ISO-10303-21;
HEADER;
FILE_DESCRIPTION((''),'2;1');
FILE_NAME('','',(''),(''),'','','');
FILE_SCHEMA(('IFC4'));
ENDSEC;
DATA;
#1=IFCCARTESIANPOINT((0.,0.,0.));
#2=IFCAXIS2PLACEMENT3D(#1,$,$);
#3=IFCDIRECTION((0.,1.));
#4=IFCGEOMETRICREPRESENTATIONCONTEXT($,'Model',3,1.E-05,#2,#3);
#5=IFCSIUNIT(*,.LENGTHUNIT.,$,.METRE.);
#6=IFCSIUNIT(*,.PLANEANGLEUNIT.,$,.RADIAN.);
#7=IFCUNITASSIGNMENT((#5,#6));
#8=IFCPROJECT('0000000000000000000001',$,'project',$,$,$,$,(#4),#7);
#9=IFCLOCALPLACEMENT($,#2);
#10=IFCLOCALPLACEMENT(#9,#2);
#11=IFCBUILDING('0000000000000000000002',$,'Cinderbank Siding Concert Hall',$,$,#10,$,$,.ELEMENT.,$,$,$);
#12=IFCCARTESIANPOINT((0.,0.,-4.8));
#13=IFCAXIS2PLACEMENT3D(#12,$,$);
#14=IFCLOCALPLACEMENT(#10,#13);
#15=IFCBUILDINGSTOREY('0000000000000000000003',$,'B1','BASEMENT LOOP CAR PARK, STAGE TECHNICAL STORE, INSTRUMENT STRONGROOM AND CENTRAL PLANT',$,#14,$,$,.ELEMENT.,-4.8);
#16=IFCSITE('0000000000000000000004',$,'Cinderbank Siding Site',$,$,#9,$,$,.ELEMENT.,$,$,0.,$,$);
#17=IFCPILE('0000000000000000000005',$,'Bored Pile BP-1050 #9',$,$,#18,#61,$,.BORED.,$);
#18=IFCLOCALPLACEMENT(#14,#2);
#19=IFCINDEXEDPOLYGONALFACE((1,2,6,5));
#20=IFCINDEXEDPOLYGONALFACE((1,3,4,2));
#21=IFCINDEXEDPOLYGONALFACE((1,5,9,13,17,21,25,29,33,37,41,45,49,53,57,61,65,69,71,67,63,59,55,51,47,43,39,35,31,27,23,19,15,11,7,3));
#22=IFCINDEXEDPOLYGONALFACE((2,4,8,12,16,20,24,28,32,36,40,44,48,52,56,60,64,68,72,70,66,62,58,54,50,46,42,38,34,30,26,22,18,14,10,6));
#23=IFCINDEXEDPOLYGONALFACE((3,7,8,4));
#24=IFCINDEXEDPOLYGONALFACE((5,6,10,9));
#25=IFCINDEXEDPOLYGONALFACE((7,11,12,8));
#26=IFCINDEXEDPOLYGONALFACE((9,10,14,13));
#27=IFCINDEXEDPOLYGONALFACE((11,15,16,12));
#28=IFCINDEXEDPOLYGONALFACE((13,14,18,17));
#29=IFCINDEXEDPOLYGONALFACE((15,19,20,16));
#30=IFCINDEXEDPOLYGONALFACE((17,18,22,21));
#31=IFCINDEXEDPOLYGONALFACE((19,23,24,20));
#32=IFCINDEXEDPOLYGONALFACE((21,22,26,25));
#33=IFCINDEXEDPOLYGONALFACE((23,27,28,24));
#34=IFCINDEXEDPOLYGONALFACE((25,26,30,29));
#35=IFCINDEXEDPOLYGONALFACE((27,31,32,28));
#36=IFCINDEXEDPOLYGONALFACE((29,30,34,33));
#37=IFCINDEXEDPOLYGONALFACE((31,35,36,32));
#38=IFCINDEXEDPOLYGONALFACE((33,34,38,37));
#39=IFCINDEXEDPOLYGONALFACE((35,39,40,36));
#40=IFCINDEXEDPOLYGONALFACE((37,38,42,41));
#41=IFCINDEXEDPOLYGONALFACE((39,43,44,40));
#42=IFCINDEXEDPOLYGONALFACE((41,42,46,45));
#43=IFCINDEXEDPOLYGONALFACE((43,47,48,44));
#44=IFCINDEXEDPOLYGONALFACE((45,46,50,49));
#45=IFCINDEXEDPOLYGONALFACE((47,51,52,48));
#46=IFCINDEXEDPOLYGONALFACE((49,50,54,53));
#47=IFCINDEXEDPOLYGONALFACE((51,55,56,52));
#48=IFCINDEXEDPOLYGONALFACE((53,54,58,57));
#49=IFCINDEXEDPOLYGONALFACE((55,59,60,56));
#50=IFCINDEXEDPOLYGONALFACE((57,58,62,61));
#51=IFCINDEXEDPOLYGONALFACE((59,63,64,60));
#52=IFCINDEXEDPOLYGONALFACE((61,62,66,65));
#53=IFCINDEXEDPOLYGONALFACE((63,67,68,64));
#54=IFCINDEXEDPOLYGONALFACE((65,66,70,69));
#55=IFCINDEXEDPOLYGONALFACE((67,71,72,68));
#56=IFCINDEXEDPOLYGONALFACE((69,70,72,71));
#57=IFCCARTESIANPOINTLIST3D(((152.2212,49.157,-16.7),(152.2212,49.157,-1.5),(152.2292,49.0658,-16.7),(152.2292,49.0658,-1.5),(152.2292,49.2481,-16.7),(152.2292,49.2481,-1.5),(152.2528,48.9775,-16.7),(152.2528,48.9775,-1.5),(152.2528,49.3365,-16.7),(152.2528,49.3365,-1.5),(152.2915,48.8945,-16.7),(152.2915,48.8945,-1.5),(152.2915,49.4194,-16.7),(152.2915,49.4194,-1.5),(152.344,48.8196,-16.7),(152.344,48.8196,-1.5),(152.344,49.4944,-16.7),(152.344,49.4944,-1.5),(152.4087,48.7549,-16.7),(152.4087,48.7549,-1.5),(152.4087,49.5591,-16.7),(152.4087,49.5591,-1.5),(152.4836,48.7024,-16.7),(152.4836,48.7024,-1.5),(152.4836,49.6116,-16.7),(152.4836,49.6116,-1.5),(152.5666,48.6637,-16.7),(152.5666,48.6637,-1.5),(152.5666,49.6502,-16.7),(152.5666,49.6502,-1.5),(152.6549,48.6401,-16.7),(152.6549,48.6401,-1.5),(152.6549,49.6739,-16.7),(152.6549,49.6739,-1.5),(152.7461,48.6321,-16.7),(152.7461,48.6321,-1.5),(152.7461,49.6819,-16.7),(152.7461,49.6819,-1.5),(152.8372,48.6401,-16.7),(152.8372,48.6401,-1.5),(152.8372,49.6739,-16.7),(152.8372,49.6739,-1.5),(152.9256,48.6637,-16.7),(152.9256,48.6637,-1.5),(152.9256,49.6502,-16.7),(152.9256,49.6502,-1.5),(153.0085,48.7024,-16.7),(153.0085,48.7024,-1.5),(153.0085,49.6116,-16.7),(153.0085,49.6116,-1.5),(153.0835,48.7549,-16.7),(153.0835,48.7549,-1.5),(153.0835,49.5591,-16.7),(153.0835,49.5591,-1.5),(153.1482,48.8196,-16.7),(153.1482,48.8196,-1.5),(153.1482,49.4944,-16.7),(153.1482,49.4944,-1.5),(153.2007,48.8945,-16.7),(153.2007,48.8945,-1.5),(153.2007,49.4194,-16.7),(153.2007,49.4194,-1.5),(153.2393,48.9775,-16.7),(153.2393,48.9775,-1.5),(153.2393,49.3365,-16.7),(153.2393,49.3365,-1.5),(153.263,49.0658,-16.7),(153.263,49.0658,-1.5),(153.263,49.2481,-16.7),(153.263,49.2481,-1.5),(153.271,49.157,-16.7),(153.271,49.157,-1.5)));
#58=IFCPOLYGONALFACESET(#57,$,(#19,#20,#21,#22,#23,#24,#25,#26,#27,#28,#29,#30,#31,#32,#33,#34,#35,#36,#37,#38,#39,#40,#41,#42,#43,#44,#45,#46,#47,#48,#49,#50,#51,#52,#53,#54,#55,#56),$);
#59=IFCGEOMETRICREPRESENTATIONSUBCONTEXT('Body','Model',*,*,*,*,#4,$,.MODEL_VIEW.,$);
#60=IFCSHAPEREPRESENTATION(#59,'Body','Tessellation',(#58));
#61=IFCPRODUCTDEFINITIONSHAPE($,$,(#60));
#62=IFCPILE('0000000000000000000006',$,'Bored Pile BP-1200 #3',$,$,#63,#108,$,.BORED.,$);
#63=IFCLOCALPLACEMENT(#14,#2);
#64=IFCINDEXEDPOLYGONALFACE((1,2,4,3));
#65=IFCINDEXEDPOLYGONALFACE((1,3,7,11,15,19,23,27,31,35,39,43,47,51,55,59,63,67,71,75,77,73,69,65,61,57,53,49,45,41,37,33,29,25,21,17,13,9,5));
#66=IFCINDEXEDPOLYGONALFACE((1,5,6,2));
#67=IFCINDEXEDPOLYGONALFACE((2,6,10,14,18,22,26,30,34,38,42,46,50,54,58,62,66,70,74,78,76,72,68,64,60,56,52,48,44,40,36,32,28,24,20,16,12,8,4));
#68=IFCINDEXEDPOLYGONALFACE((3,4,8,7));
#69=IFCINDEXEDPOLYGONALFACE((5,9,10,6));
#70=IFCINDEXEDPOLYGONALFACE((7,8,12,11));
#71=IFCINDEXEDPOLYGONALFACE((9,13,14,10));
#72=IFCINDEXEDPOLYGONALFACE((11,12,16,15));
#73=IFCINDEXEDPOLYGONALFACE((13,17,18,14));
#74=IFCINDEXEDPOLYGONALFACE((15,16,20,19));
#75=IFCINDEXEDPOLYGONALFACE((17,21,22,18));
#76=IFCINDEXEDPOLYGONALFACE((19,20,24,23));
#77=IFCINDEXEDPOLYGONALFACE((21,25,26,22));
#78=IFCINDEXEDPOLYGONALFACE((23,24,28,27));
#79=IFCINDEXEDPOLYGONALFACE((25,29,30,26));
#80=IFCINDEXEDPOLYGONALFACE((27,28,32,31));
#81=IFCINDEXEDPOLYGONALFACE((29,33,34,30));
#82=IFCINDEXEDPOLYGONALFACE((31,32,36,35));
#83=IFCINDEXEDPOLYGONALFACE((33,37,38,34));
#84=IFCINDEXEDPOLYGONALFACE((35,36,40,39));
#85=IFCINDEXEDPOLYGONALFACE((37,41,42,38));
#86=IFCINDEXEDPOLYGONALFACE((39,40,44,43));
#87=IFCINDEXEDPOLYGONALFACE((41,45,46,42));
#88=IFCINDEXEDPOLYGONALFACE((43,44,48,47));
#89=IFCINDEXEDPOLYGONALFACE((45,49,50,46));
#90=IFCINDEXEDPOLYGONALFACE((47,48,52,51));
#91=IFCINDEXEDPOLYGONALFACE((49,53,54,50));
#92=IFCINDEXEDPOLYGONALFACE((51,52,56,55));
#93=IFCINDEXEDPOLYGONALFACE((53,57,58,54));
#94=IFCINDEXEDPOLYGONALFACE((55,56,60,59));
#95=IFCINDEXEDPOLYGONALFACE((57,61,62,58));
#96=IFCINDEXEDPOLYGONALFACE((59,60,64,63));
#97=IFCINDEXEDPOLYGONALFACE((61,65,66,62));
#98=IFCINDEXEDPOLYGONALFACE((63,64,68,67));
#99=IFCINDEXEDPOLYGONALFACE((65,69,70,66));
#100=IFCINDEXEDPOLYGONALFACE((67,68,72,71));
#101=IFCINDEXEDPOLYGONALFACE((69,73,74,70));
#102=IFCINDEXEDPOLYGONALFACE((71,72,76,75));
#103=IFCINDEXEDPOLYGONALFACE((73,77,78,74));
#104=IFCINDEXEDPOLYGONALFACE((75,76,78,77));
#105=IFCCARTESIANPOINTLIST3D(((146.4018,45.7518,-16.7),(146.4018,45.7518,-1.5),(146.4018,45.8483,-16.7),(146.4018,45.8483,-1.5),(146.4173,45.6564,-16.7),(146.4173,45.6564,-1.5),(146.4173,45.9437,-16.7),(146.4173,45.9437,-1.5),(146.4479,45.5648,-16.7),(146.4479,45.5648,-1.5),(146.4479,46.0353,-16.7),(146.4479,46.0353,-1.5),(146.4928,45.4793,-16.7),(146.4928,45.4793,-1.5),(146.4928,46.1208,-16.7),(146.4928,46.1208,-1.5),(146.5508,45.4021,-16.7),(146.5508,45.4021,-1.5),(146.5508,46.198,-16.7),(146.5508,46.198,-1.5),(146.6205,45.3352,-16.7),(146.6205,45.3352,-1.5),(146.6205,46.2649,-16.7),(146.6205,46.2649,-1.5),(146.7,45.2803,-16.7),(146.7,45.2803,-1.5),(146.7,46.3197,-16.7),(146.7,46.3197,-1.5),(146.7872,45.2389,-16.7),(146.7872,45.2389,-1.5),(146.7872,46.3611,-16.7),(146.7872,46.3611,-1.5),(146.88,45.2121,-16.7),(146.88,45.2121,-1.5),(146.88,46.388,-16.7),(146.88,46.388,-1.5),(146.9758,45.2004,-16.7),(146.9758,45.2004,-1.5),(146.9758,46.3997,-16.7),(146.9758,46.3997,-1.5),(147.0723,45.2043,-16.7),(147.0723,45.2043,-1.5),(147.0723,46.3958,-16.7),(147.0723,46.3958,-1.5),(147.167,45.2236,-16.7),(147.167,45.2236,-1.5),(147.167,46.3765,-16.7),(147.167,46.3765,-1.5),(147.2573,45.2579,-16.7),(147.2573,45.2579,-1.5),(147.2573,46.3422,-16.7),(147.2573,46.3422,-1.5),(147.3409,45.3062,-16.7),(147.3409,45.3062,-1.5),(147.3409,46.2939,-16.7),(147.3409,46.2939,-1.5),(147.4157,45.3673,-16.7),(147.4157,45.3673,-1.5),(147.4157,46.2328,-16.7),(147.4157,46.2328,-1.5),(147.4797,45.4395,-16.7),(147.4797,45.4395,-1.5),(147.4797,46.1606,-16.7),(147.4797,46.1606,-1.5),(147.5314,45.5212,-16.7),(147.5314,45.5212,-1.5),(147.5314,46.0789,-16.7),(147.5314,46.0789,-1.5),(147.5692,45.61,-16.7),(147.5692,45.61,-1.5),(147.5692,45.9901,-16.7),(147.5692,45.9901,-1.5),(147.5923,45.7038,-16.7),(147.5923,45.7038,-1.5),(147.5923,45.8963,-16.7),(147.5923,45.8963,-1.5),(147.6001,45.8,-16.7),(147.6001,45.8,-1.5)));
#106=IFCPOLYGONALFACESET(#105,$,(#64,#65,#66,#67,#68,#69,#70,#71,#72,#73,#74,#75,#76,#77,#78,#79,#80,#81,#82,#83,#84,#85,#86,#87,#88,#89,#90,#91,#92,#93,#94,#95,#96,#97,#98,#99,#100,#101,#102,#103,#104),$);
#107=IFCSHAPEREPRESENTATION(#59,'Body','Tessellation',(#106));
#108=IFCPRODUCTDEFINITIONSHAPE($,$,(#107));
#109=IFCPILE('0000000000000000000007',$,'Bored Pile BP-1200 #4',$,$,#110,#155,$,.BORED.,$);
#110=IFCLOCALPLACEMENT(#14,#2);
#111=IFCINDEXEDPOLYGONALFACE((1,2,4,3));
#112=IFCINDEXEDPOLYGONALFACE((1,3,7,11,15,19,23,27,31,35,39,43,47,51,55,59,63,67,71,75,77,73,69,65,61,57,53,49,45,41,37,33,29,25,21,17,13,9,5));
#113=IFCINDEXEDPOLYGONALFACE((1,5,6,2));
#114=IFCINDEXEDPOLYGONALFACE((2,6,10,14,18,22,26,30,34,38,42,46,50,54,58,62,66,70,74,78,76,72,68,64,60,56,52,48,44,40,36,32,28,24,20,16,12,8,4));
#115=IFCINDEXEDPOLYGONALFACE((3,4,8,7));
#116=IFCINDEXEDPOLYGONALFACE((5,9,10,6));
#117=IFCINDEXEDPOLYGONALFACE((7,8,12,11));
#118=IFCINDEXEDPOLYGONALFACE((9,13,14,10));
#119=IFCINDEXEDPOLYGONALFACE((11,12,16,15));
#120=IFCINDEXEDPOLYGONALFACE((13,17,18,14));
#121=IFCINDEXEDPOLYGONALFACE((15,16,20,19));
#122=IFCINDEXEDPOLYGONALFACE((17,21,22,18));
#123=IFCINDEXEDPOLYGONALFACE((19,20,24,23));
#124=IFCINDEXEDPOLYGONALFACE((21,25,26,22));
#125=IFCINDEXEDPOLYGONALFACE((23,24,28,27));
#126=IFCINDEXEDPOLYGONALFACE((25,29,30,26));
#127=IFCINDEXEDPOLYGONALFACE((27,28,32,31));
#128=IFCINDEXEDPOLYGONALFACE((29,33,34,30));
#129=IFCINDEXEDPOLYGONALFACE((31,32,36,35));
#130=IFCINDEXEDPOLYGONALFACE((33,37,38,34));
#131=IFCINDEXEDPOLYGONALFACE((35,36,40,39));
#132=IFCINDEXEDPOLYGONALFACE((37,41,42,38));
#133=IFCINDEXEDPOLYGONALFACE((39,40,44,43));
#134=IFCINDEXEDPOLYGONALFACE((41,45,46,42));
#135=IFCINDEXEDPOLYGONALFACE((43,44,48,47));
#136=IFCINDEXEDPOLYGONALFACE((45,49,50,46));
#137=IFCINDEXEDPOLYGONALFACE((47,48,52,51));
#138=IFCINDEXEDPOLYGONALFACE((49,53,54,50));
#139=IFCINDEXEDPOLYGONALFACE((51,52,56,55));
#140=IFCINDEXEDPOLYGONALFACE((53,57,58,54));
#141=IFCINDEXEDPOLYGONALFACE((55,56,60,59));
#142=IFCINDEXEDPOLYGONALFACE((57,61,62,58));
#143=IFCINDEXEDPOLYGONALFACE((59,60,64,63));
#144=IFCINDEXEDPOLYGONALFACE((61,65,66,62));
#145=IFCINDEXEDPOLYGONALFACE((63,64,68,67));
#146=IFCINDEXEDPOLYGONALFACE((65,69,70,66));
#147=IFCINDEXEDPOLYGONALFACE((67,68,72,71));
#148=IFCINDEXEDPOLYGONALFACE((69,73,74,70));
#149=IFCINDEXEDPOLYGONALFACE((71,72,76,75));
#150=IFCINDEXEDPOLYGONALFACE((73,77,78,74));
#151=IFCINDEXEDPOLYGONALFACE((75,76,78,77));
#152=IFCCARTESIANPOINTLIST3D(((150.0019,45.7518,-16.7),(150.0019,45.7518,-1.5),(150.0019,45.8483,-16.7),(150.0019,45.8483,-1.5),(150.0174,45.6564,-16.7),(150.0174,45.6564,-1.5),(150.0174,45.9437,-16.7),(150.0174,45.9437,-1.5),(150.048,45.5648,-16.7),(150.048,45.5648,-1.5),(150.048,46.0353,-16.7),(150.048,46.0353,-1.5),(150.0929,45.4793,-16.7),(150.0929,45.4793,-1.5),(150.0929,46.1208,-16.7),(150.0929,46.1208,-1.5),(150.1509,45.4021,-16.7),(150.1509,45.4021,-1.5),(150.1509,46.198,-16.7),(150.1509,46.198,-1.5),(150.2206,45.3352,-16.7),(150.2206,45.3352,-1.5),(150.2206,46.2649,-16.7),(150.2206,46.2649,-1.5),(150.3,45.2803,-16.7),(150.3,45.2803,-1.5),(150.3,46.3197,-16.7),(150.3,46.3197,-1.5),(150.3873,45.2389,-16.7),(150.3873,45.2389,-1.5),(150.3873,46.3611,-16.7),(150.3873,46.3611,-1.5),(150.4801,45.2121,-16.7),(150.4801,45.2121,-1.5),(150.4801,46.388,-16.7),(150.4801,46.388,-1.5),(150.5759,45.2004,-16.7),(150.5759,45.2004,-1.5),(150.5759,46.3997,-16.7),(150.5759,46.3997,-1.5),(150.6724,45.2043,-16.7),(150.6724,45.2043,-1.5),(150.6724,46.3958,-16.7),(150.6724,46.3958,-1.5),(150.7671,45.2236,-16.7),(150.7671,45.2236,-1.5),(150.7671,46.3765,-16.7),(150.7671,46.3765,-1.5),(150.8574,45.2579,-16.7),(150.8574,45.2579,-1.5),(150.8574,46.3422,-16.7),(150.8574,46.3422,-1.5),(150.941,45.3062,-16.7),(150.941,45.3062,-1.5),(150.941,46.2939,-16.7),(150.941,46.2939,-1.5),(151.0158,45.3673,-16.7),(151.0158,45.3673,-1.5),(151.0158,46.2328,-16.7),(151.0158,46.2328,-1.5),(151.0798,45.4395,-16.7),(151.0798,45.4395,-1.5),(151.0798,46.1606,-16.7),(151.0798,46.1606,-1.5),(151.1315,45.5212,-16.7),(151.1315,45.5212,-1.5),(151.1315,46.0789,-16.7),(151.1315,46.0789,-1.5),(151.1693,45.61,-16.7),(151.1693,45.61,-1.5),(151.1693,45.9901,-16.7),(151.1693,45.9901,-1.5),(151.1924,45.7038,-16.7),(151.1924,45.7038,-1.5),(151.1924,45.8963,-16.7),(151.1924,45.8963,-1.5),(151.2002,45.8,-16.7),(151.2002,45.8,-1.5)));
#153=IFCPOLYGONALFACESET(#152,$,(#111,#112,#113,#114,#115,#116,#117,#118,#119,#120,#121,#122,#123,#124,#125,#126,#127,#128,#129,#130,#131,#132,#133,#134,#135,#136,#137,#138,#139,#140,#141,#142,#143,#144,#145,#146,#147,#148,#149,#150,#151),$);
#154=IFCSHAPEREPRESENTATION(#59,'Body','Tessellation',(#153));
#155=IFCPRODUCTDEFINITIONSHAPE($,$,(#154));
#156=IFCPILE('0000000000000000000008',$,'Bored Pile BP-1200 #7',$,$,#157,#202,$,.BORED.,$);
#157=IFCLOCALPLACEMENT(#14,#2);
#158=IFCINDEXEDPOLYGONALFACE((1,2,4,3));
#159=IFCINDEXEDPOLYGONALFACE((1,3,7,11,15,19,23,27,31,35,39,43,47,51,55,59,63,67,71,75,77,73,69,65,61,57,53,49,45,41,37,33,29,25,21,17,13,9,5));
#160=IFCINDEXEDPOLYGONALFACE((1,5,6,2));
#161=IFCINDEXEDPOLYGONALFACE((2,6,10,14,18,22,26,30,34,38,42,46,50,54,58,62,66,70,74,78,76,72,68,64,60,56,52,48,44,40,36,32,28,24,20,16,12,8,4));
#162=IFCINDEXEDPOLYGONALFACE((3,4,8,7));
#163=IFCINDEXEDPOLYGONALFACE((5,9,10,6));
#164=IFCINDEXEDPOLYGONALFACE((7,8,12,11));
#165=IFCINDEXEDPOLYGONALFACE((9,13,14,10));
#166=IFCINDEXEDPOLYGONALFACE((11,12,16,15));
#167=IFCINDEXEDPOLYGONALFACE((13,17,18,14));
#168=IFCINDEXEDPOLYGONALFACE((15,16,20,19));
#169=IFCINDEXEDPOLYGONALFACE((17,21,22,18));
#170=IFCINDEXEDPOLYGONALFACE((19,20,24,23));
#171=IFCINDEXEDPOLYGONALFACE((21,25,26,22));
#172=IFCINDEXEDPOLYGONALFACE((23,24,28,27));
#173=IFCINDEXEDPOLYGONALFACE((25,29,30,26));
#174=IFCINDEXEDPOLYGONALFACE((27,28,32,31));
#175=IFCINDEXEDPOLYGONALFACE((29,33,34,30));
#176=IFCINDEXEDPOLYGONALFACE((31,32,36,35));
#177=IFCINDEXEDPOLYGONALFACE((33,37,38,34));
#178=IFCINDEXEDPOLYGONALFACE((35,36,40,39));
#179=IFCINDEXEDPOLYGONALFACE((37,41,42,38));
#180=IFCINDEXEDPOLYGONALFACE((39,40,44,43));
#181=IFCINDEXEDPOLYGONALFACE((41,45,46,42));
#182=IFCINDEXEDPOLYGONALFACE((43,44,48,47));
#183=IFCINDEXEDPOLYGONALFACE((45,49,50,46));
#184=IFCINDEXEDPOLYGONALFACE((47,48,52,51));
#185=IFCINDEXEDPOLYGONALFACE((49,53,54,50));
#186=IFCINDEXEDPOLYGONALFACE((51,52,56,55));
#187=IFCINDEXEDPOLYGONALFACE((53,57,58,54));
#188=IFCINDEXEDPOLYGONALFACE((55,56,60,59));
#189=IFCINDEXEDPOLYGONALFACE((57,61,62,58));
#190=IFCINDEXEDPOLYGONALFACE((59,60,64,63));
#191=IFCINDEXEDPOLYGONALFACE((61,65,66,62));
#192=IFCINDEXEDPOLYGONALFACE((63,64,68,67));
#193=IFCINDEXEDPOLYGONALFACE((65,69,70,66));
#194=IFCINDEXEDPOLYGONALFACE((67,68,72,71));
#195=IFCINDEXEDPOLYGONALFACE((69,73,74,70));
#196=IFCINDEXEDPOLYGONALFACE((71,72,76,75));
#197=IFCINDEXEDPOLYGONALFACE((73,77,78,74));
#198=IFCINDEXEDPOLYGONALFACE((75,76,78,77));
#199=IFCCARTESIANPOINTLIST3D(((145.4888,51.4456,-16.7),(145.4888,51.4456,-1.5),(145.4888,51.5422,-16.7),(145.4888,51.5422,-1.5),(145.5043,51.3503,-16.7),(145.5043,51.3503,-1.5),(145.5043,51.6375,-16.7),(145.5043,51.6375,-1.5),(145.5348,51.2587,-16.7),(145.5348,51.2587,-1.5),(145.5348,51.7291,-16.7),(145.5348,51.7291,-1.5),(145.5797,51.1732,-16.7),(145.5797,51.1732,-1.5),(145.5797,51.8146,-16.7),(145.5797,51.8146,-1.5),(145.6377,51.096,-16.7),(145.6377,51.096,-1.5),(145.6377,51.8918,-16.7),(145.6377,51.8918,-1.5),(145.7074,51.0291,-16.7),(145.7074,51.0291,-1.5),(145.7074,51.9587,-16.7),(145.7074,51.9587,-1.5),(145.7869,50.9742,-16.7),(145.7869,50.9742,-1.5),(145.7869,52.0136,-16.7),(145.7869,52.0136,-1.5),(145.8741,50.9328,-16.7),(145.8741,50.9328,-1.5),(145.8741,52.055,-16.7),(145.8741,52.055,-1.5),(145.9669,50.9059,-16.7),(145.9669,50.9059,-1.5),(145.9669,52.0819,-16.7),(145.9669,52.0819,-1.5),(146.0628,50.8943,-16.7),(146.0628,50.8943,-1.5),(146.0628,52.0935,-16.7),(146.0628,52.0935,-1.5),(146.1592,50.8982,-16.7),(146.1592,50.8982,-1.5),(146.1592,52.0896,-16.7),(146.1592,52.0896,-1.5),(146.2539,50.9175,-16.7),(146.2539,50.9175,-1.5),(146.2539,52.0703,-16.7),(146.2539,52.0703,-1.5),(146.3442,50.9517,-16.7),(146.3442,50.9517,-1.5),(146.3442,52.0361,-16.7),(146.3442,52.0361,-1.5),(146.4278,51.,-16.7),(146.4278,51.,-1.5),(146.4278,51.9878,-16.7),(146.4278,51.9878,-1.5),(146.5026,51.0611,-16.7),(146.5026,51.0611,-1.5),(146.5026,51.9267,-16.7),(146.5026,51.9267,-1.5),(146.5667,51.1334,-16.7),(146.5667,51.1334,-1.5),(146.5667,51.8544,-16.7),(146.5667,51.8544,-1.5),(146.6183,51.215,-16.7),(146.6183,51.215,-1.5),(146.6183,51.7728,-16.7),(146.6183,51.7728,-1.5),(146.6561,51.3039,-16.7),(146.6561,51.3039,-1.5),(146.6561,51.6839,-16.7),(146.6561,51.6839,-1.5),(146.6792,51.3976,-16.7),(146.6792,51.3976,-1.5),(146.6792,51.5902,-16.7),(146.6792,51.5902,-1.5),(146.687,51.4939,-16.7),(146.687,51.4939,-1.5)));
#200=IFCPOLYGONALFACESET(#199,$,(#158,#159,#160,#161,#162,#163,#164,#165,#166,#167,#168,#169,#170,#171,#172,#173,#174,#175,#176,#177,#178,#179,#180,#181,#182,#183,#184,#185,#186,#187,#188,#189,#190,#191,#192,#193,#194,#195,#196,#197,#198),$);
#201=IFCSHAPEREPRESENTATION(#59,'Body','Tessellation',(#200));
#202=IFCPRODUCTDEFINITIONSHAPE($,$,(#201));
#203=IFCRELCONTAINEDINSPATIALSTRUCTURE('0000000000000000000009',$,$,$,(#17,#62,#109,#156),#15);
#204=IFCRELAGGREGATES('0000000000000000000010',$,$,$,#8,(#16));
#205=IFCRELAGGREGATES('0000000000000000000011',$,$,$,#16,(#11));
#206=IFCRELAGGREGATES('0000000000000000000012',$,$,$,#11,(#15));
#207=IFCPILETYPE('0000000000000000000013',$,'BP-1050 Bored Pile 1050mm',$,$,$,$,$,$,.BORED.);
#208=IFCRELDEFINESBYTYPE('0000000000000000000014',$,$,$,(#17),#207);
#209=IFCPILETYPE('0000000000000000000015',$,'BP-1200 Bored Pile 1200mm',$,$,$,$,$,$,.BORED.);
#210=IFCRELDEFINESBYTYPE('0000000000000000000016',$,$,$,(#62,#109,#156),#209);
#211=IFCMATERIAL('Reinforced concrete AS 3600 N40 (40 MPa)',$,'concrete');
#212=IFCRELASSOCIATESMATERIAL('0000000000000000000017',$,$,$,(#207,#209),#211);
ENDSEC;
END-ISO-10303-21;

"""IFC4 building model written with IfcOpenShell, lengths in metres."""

from ifc_helpers import new_model, si_unit, direction, frame, origin, origin_2d, place, context, subcontext, project, spatial, circle, extrude, material, material_profile, profile_set, type_object, element, save


model = new_model("IFC4")

# Units and contexts
model_context = context("Model", 3, precision=1e-05, world=origin(), true_north=direction((0.0, 1.0)))
body_context = subcontext(model_context, "Body", "Model", "MODEL_VIEW")
ifc_project = project(units=[si_unit("LENGTHUNIT", "METRE"), si_unit("PLANEANGLEUNIT", "RADIAN")], contexts=[model_context])

# Site, building, storey
site_placement = place(None, origin())
site = spatial("IfcSite", under=ifc_project, at=site_placement, Name="Cinderbank Siding Site", CompositionType="ELEMENT", RefElevation=0.0)
building_placement = place(site_placement, origin())
building = spatial("IfcBuilding", under=site, at=building_placement, Name="Cinderbank Siding Concert Hall", CompositionType="ELEMENT")
storey_placement = place(building_placement, frame((0.0, 0.0, -4.8)))
storey = spatial("IfcBuildingStorey", under=building, at=storey_placement, Name="B1", Description="BASEMENT LOOP CAR PARK, STAGE TECHNICAL STORE, INSTRUMENT STRONGROOM AND CENTRAL PLANT", CompositionType="ELEMENT", Elevation=-4.8)

# Piles
ifc_material_1 = material(Name="Reinforced concrete AS 3600 N40 (40 MPa)", Category="concrete")
ifc_material_profile_1 = material_profile(ifc_material_1, circle(Radius=0.5249, at=origin_2d()), Name="PILE-1050DIA", Category="LoadBearing")
ifc_profile_set_1 = profile_set([ifc_material_profile_1], Name="Reinforced concrete AS 3600 N40 (40 MPa)")
pile_type_1 = type_object("IfcPileType", Name="BP-1050 Bored Pile 1050mm", PredefinedType="BORED", material=ifc_profile_set_1)
pile_placement = place(storey_placement, frame((152.7461, 49.157, -1.5), z_axis=(0.0, 0.0, -1.0), x_axis=(1.0, 0.0, 0.0)))
element("IfcPile", 1, at=pile_placement, inside=storey, type_object=pile_type_1, Name="Bored Pile BP-1050 #9", PredefinedType="BORED", context=body_context, shape_type="SweptSolid", body=[
    extrude(circle(Radius=0.5249, at=origin_2d()), origin(), (0.0, 0.0, 1.0), 15.2),
])
ifc_material_profile_2 = material_profile(ifc_material_1, circle(Radius=0.6001, at=origin_2d()), Name="PILE-1200DIA", Category="LoadBearing")
ifc_profile_set_2 = profile_set([ifc_material_profile_2], Name="Reinforced concrete AS 3600 N40 (40 MPa)")
pile_type_2 = type_object("IfcPileType", Name="BP-1200 Bored Pile 1200mm", PredefinedType="BORED", material=ifc_profile_set_2)
for number, where, z_axis, x_axis, name in (
    (2, (147.0, 45.8, -1.5), (0.0, 0.0, -1.0), (1.0, 0.0, 0.0), "Bored Pile BP-1200 #3"),
    (3, (150.6001, 45.8, -1.5), (0.0, 0.0, -1.0), (1.0, 0.0, 0.0), "Bored Pile BP-1200 #4"),
    (4, (146.0869, 51.4939, -1.5), (0.0, 0.0, -1.0), (1.0, 0.0, 0.0), "Bored Pile BP-1200 #7"),
):
    element("IfcPile", number, at=place(storey_placement, frame(where, z_axis=z_axis, x_axis=x_axis)), inside=storey, type_object=pile_type_2, Name=name, PredefinedType="BORED", context=body_context, shape_type="SweptSolid", body=[
        extrude(circle(Radius=0.6001, at=origin_2d()), origin(), (0.0, 0.0, 1.0), 15.2),
    ])

save(model, "model.ifc")
